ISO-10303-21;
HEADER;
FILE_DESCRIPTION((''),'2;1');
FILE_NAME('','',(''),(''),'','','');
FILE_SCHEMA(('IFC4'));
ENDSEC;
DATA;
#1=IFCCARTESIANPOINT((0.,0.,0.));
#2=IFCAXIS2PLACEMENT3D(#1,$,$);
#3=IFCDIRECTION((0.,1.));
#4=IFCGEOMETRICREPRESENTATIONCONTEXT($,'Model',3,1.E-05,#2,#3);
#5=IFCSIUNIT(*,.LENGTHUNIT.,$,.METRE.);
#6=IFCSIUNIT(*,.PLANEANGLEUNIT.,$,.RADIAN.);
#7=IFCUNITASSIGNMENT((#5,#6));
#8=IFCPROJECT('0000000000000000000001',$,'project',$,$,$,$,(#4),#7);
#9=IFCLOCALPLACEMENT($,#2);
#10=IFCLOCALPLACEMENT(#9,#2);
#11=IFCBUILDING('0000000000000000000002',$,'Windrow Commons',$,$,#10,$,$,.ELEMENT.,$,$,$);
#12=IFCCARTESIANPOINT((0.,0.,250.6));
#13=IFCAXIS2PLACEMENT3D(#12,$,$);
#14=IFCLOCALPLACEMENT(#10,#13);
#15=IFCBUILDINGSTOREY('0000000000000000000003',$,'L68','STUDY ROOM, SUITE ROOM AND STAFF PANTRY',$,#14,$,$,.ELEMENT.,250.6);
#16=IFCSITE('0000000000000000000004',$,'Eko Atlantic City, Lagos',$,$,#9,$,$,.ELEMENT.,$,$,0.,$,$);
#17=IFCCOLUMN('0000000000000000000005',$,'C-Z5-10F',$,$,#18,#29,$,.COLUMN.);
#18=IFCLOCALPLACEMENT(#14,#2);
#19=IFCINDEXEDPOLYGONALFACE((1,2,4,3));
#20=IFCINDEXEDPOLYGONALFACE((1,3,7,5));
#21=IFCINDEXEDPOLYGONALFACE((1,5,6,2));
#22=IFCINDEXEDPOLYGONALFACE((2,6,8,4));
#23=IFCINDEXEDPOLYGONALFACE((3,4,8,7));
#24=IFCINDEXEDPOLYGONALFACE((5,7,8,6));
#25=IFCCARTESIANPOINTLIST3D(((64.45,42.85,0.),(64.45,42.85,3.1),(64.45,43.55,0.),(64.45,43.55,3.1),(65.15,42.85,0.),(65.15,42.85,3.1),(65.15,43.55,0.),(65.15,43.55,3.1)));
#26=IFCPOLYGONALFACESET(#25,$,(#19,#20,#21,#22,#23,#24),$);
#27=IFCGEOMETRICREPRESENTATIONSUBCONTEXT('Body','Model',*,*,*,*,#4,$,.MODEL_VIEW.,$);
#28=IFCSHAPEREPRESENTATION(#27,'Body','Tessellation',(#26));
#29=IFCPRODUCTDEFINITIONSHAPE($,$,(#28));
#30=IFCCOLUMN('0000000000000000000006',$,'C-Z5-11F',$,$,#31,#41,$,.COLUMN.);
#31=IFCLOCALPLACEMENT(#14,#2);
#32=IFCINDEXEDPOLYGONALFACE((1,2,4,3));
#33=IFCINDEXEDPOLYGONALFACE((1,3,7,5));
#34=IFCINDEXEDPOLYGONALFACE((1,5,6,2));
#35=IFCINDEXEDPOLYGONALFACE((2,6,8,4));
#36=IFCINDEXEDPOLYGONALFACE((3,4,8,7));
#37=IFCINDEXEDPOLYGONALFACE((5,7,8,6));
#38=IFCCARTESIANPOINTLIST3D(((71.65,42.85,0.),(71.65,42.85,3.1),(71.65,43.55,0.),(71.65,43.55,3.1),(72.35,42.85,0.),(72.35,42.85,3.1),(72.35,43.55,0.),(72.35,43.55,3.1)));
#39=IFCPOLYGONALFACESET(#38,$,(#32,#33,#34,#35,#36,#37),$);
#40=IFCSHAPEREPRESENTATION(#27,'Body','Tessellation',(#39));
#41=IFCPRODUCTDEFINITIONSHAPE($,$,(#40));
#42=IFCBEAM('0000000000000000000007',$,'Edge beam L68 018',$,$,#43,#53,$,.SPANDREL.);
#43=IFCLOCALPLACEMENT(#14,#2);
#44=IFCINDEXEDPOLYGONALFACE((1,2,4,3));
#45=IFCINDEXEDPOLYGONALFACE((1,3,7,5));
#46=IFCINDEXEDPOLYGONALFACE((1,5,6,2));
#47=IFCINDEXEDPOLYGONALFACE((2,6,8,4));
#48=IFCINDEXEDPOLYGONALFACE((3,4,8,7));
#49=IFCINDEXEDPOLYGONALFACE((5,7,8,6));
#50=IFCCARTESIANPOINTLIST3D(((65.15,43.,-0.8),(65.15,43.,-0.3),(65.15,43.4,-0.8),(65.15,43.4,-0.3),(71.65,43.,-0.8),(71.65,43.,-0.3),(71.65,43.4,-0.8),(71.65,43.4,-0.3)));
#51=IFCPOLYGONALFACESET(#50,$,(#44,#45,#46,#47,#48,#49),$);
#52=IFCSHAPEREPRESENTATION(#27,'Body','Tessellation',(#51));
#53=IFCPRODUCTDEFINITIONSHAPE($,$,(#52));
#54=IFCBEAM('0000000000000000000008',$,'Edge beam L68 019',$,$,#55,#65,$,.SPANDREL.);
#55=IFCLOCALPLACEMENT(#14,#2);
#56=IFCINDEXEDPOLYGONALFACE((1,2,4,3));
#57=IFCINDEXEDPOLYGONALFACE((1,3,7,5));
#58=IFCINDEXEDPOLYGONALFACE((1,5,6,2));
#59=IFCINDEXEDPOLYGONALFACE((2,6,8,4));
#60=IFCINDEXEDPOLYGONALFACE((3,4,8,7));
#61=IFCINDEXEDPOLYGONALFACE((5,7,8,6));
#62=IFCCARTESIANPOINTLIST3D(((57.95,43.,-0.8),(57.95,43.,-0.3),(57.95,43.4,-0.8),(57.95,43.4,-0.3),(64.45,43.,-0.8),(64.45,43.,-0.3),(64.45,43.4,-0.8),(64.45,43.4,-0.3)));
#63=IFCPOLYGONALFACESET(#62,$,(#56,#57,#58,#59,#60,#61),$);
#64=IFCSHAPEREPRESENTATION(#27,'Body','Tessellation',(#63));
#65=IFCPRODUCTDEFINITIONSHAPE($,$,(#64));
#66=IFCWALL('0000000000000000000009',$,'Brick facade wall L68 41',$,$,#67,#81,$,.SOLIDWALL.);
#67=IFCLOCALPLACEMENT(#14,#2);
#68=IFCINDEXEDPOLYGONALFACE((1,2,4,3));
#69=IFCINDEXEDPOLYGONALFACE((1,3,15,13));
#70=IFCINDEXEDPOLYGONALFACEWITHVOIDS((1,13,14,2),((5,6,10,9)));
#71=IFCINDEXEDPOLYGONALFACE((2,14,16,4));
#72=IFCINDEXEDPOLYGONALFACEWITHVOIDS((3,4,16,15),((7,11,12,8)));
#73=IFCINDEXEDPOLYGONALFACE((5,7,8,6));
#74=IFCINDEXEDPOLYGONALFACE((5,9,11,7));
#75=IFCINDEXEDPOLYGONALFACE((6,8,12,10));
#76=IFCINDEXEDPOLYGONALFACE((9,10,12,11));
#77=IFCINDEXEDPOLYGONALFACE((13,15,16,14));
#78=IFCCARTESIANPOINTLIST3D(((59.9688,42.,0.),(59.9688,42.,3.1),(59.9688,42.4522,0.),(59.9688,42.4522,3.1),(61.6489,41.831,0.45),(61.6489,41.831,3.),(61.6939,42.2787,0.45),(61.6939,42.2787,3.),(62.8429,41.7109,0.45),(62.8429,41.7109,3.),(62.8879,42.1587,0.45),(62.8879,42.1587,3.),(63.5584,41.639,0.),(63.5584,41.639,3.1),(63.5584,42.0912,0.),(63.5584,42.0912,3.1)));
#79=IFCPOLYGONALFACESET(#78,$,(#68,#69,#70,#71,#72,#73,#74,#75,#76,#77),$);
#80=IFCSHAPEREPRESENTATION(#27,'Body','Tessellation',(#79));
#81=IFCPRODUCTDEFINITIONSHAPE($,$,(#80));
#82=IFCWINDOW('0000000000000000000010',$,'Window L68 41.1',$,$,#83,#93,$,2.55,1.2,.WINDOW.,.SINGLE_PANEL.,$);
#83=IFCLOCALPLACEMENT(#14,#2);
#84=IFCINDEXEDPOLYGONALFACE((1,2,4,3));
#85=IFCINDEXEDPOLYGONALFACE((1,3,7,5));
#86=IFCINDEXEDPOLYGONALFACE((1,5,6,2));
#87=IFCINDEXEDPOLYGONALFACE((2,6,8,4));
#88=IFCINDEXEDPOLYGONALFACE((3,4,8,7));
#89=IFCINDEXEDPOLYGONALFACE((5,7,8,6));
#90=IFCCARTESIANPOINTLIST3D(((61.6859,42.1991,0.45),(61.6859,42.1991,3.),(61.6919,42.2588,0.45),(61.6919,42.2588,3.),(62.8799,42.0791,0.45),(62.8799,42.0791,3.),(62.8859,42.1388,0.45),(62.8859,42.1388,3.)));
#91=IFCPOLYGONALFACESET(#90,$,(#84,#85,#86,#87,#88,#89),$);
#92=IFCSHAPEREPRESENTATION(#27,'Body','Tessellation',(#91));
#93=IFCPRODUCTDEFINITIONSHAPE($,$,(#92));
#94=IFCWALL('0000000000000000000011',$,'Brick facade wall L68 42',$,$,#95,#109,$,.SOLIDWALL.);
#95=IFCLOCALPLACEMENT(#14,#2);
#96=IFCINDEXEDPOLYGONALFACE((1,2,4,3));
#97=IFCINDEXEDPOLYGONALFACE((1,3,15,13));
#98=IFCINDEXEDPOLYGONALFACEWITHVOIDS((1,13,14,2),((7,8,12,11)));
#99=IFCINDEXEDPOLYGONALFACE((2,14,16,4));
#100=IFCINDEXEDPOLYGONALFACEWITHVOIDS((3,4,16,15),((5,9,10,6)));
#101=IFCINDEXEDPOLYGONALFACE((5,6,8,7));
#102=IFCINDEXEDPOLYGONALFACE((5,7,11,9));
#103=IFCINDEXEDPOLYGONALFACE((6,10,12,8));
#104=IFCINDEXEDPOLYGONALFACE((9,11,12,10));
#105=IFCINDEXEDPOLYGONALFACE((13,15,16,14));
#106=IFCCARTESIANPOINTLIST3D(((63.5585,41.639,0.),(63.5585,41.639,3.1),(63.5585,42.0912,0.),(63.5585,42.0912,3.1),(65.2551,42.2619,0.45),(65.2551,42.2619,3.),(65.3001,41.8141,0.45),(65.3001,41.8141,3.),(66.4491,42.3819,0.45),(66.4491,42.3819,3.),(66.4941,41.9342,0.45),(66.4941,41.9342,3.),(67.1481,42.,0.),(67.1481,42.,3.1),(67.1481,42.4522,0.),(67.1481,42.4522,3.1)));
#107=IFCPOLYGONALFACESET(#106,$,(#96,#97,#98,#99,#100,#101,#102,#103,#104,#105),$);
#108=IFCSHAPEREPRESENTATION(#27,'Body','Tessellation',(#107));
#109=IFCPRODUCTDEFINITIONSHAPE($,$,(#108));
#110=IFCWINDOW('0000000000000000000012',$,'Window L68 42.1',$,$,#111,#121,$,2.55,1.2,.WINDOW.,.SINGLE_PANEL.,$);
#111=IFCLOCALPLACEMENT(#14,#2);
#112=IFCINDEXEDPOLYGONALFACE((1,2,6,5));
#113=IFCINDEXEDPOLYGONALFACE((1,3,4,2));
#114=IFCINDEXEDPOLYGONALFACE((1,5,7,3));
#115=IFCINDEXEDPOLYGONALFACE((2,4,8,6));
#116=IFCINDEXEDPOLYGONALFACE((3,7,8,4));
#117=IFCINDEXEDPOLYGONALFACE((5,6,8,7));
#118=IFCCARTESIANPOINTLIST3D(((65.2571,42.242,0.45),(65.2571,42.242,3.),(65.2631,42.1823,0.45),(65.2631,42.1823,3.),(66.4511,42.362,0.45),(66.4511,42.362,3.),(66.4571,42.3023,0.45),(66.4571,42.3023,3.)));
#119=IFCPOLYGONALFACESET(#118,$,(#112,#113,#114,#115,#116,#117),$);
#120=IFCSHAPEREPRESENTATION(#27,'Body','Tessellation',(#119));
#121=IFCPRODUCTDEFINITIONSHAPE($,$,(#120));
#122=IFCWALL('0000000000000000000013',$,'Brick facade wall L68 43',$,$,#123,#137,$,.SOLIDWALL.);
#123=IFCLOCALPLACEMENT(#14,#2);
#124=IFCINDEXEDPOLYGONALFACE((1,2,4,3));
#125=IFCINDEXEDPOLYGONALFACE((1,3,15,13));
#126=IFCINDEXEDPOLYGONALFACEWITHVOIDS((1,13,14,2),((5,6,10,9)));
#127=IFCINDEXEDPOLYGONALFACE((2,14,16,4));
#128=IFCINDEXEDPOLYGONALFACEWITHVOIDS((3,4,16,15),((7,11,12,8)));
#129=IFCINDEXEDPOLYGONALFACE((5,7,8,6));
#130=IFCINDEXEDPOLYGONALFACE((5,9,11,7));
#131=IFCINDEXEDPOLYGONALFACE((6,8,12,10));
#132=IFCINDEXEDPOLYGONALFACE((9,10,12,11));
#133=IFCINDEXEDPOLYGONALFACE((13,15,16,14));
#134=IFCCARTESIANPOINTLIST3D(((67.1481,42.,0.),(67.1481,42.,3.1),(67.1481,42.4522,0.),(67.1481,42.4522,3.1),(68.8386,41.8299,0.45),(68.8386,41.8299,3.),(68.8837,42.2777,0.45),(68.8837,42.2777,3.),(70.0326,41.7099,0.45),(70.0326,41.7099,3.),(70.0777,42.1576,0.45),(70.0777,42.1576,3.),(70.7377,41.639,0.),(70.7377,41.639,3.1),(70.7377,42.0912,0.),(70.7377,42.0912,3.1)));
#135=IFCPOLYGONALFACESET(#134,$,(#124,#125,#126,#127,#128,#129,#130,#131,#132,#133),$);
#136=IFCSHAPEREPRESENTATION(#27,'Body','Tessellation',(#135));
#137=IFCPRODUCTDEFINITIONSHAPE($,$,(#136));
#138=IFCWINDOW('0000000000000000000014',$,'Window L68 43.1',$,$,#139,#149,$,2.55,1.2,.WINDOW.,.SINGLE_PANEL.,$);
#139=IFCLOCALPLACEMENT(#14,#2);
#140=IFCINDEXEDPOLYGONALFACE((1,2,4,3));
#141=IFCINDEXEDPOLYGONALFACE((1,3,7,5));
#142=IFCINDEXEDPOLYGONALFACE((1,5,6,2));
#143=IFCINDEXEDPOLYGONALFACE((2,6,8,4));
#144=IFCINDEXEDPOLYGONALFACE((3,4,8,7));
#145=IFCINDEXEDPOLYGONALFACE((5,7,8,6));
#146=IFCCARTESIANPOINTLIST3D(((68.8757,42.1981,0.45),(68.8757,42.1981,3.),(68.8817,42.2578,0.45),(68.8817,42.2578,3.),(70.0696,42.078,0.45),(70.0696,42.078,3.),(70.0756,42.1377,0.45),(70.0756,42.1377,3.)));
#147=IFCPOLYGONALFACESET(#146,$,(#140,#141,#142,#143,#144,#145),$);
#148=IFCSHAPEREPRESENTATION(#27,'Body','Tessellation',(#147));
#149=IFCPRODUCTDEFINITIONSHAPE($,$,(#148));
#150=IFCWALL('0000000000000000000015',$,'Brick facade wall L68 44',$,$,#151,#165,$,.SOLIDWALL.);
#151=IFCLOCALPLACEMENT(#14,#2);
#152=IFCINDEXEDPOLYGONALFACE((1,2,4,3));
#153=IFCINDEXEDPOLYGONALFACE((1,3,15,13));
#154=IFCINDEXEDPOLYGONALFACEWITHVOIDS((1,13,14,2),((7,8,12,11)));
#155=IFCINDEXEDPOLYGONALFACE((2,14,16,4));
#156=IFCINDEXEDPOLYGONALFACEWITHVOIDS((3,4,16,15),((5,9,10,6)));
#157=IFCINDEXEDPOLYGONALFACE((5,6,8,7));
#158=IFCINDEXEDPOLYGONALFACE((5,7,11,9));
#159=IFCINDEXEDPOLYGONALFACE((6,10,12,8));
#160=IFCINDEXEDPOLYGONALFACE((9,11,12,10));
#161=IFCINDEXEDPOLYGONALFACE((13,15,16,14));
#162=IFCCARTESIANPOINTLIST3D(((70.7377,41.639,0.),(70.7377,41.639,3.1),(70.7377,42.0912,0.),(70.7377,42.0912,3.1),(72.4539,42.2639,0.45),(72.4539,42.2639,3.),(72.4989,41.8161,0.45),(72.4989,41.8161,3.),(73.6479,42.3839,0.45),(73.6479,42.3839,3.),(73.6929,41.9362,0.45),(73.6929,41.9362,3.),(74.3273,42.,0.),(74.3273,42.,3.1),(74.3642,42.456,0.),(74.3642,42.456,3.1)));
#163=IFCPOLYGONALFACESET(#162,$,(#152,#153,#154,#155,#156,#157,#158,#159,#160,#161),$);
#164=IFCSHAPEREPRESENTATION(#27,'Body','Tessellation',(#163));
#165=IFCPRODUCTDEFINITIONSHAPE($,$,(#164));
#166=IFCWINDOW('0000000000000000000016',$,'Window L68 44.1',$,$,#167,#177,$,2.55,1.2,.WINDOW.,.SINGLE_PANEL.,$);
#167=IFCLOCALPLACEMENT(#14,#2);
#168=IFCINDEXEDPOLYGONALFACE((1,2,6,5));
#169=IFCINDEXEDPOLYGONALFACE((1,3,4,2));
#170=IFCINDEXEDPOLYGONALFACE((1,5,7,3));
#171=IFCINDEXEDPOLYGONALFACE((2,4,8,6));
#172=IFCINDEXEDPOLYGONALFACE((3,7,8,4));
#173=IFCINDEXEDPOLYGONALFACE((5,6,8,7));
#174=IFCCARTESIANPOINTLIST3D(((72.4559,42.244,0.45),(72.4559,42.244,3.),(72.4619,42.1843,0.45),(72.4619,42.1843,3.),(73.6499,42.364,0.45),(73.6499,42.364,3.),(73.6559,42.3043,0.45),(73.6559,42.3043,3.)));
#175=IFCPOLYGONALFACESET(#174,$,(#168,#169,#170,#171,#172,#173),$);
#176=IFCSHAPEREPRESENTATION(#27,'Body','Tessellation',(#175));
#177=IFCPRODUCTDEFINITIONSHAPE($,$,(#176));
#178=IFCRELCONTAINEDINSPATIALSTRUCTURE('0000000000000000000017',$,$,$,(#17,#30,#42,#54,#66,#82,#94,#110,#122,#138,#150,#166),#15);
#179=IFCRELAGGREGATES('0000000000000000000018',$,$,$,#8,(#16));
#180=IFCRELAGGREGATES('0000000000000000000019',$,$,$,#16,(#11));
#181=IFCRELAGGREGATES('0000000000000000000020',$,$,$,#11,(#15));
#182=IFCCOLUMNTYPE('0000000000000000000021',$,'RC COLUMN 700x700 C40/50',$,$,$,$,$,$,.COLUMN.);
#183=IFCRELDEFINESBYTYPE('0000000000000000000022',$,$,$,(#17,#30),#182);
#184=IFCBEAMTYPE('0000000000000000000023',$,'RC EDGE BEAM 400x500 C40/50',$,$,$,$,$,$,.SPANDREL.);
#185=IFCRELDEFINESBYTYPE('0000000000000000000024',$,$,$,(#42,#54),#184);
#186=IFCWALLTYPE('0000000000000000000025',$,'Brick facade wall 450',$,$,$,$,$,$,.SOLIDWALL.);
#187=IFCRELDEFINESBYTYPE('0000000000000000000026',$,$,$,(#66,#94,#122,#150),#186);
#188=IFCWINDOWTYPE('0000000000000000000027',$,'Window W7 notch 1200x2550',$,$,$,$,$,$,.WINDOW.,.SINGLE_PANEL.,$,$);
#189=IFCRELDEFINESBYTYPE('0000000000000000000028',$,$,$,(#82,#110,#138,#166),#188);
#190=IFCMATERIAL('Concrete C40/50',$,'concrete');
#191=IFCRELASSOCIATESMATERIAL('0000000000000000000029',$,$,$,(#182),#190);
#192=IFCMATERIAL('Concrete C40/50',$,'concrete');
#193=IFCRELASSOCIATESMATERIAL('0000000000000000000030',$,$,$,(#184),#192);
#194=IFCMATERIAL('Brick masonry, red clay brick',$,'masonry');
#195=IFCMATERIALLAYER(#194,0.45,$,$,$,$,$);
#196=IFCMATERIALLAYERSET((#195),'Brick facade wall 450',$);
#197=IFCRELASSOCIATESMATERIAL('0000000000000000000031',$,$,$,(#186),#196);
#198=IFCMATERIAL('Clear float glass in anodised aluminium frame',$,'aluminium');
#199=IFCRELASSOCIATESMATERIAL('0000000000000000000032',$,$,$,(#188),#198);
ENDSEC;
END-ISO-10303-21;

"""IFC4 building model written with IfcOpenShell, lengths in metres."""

from ifc_helpers import new_model, si_unit, direction, frame, frame_2d, origin, origin_2d, place, context, subcontext, project, spatial, polyline, rectangle, outline, extrude, material, layer, layer_set, material_profile, profile_set, type_object, element, fill, save


model = new_model("IFC4")

# Units and contexts
model_context = context("Model", 3, precision=1e-05, world=origin(), true_north=direction((0.0, 1.0)))
body_context = subcontext(model_context, "Body", "Model", "MODEL_VIEW")
ifc_project = project(units=[si_unit("LENGTHUNIT", "METRE"), si_unit("PLANEANGLEUNIT", "RADIAN")], contexts=[model_context])

# Site, building, storey
site_placement = place(None, origin())
site = spatial("IfcSite", under=ifc_project, at=site_placement, Name="Eko Atlantic City, Lagos", CompositionType="ELEMENT", RefElevation=0.0)
building_placement = place(site_placement, origin())
building = spatial("IfcBuilding", under=site, at=building_placement, Name="Windrow Commons", CompositionType="ELEMENT")
storey_placement = place(building_placement, frame((0.0, 0.0, 250.6)))
storey = spatial("IfcBuildingStorey", under=building, at=storey_placement, Name="L68", Description="STUDY ROOM, SUITE ROOM AND STAFF PANTRY", CompositionType="ELEMENT", Elevation=250.6)

# Columns
ifc_material_1 = material(Name="Concrete C40/50", Category="concrete")
ifc_material_profile_1 = material_profile(ifc_material_1, rectangle(XDim=0.7, YDim=0.7, at=origin_2d()))
ifc_profile_set_1 = profile_set([ifc_material_profile_1], Name="Concrete C40/50")
column_type = type_object("IfcColumnType", Name="RC COLUMN 700x700 C40/50", PredefinedType="COLUMN", material=ifc_profile_set_1)
for number, where, z_axis, x_axis, name in (
    (1, (64.8, 43.2, 0.0), (0.0, 0.0, 1.0), (1.0, 0.0, 0.0), "C-Z5-10F"),
    (2, (72.0, 43.2, 0.0), (0.0, 0.0, 1.0), (1.0, 0.0, 0.0), "C-Z5-11F"),
):
    element("IfcColumn", number, at=place(storey_placement, frame(where, z_axis=z_axis, x_axis=x_axis)), inside=storey, type_object=column_type, Name=name, PredefinedType="COLUMN", context=body_context, shape_type="SweptSolid", body=[
        extrude(rectangle(XDim=0.7, YDim=0.7, at=origin_2d()), origin(), (0.0, 0.0, 1.0), 3.1),
    ])

# Beams
ifc_material_2 = material(Name="Concrete C40/50", Category="concrete")
ifc_material_profile_2 = material_profile(ifc_material_2, rectangle(XDim=0.4, YDim=0.5, at=origin_2d()))
ifc_profile_set_2 = profile_set([ifc_material_profile_2], Name="Concrete C40/50")
beam_type = type_object("IfcBeamType", Name="RC EDGE BEAM 400x500 C40/50", PredefinedType="SPANDREL", material=ifc_profile_set_2)
for number, where, z_axis, x_axis, name in (
    (3, (71.65, 43.2, -0.55), (-1.0, 0.0, 0.0), (0.0, -1.0, 0.0), "Edge beam L68 018"),
    (4, (64.45, 43.2, -0.55), (-1.0, 0.0, 0.0), (0.0, -1.0, 0.0), "Edge beam L68 019"),
):
    element("IfcBeam", number, at=place(storey_placement, frame(where, z_axis=z_axis, x_axis=x_axis)), inside=storey, type_object=beam_type, Name=name, PredefinedType="SPANDREL", context=body_context, shape_type="SweptSolid", body=[
        extrude(rectangle(XDim=0.4, YDim=0.5, at=origin_2d()), origin(), (0.0, 0.0, 1.0), 6.5),
    ])

# Walls, openings, windows
ifc_material_3 = material(Name="Brick masonry, red clay brick", Category="masonry")
ifc_layer_1 = layer(ifc_material_3, 0.45)
ifc_layer_set_1 = layer_set([ifc_layer_1], Name="Brick facade wall 450")
wall_type_1 = type_object("IfcWallType", Name="Brick facade wall 450", PredefinedType="SOLIDWALL", material=ifc_layer_set_1)
wall_1_placement = place(storey_placement, frame((59.9688, 42.2261, 0.0), z_axis=(0.0, 0.0, 1.0), x_axis=(0.994981, -0.100061, 0.0)))
wall_1 = element("IfcWall", 5, at=wall_1_placement, inside=storey, type_object=wall_type_1, Name="Brick facade wall L68 41", PredefinedType="SOLIDWALL", context=body_context, shape_type="SweptSolid", body=[
    extrude(outline(polyline([(0.0226, -0.225), (3.6303, -0.225), (3.5851, 0.225), (-0.0226, 0.225), (0.0226, -0.225)])), origin(), (0.0, 0.0, 1.0), 3.1),
])
opening_1_placement = place(wall_1_placement, frame((1.7112, 0.0, 0.45)))
opening_1 = element("IfcOpeningElement", 6, at=opening_1_placement, cuts=wall_1, PredefinedType="OPENING", context=body_context, shape_type="SweptSolid", body=[
    extrude(rectangle(XDim=1.2, YDim=2.55, at=frame_2d((0.6, 1.275))), frame((0.0, 0.235, 0.0), z_axis=(0.0, -1.0, 0.0), x_axis=(1.0, 0.0, 0.0)), (0.0, 0.0, 1.0), 0.47),
])
ifc_material_4 = material(Name="Clear float glass in anodised aluminium frame", Category="aluminium")
window_type = type_object("IfcWindowType", Name="Window W7 notch 1200x2550", PartitioningType="SINGLE_PANEL", PredefinedType="WINDOW", material=ifc_material_4)
window_1_placement = place(opening_1_placement, origin())
window_1 = element("IfcWindow", 7, at=window_1_placement, inside=storey, type_object=window_type, Name="Window L68 41.1", OverallHeight=2.55, OverallWidth=1.2, PartitioningType="SINGLE_PANEL", PredefinedType="WINDOW", context=body_context, shape_type="SweptSolid", body=[
    extrude(rectangle(XDim=1.2, YDim=2.55, at=frame_2d((0.6, 1.275))), frame((0.0, 0.205, 0.0), z_axis=(0.0, -1.0, 0.0), x_axis=(1.0, 0.0, 0.0)), (0.0, 0.0, 1.0), 0.06),
])
fill(opening_1, window_1)
wall_2_placement = place(storey_placement, frame((63.5585, 41.8651, 0.0), z_axis=(0.0, 0.0, 1.0), x_axis=(0.994981, 0.100064, 0.0)))
wall_2 = element("IfcWall", 8, at=wall_2_placement, inside=storey, type_object=wall_type_1, Name="Brick facade wall L68 42", PredefinedType="SOLIDWALL", context=body_context, shape_type="SweptSolid", body=[
    extrude(outline(polyline([(-0.0226, -0.225), (3.5851, -0.225), (3.6303, 0.225), (0.0226, 0.225), (-0.0226, -0.225)])), origin(), (0.0, 0.0, 1.0), 3.1),
])
opening_2_placement = place(wall_2_placement, frame((1.7278, 0.0, 0.45)))
opening_2 = element("IfcOpeningElement", 9, at=opening_2_placement, cuts=wall_2, PredefinedType="OPENING", context=body_context, shape_type="SweptSolid", body=[
    extrude(rectangle(XDim=1.2, YDim=2.55, at=frame_2d((0.6, 1.275))), frame((0.0, 0.235, 0.0), z_axis=(0.0, -1.0, 0.0), x_axis=(1.0, 0.0, 0.0)), (0.0, 0.0, 1.0), 0.47),
])
window_2_placement = place(opening_2_placement, origin())
window_2 = element("IfcWindow", 10, at=window_2_placement, inside=storey, type_object=window_type, Name="Window L68 42.1", OverallHeight=2.55, OverallWidth=1.2, PartitioningType="SINGLE_PANEL", PredefinedType="WINDOW", context=body_context, shape_type="SweptSolid", body=[
    extrude(rectangle(XDim=1.2, YDim=2.55, at=frame_2d((0.6, 1.275))), frame((0.0, 0.205, 0.0), z_axis=(0.0, -1.0, 0.0), x_axis=(1.0, 0.0, 0.0)), (0.0, 0.0, 1.0), 0.06),
])
fill(opening_2, window_2)
wall_3_placement = place(storey_placement, frame((67.1481, 42.2261, 0.0), z_axis=(0.0, 0.0, 1.0), x_axis=(0.994981, -0.100064, 0.0)))
wall_3 = element("IfcWall", 11, at=wall_3_placement, inside=storey, type_object=wall_type_1, Name="Brick facade wall L68 43", PredefinedType="SOLIDWALL", context=body_context, shape_type="SweptSolid", body=[
    extrude(outline(polyline([(0.0226, -0.225), (3.6303, -0.225), (3.5851, 0.225), (-0.0226, 0.225), (0.0226, -0.225)])), origin(), (0.0, 0.0, 1.0), 3.1),
])
opening_3_placement = place(wall_3_placement, frame((1.7217, 0.0, 0.45)))
opening_3 = element("IfcOpeningElement", 12, at=opening_3_placement, cuts=wall_3, PredefinedType="OPENING", context=body_context, shape_type="SweptSolid", body=[
    extrude(rectangle(XDim=1.2, YDim=2.55, at=frame_2d((0.6, 1.275))), frame((0.0, 0.235, 0.0), z_axis=(0.0, -1.0, 0.0), x_axis=(1.0, 0.0, 0.0)), (0.0, 0.0, 1.0), 0.47),
])
window_3_placement = place(opening_3_placement, origin())
window_3 = element("IfcWindow", 13, at=window_3_placement, inside=storey, type_object=window_type, Name="Window L68 43.1", OverallHeight=2.55, OverallWidth=1.2, PartitioningType="SINGLE_PANEL", PredefinedType="WINDOW", context=body_context, shape_type="SweptSolid", body=[
    extrude(rectangle(XDim=1.2, YDim=2.55, at=frame_2d((0.6, 1.275))), frame((0.0, 0.205, 0.0), z_axis=(0.0, -1.0, 0.0), x_axis=(1.0, 0.0, 0.0)), (0.0, 0.0, 1.0), 0.06),
])
fill(opening_3, window_3)
wall_4_placement = place(storey_placement, frame((70.7377, 41.8651, 0.0), z_axis=(0.0, 0.0, 1.0), x_axis=(0.99498, 0.100077, 0.0)))
wall_4 = element("IfcWall", 14, at=wall_4_placement, inside=storey, type_object=wall_type_1, Name="Brick facade wall L68 44", PredefinedType="SOLIDWALL", context=body_context, shape_type="SweptSolid", body=[
    extrude(outline(polyline([(-0.0226, -0.225), (3.5851, -0.225), (3.6674, 0.225), (0.0226, 0.225), (-0.0226, -0.225)])), origin(), (0.0, 0.0, 1.0), 3.1),
])
opening_4_placement = place(wall_4_placement, frame((1.7475, 0.0, 0.45)))
opening_4 = element("IfcOpeningElement", 15, at=opening_4_placement, cuts=wall_4, PredefinedType="OPENING", context=body_context, shape_type="SweptSolid", body=[
    extrude(rectangle(XDim=1.2, YDim=2.55, at=frame_2d((0.6, 1.275))), frame((0.0, 0.235, 0.0), z_axis=(0.0, -1.0, 0.0), x_axis=(1.0, 0.0, 0.0)), (0.0, 0.0, 1.0), 0.47),
])
window_4_placement = place(opening_4_placement, origin())
window_4 = element("IfcWindow", 16, at=window_4_placement, inside=storey, type_object=window_type, Name="Window L68 44.1", OverallHeight=2.55, OverallWidth=1.2, PartitioningType="SINGLE_PANEL", PredefinedType="WINDOW", context=body_context, shape_type="SweptSolid", body=[
    extrude(rectangle(XDim=1.2, YDim=2.55, at=frame_2d((0.6, 1.275))), frame((0.0, 0.205, 0.0), z_axis=(0.0, -1.0, 0.0), x_axis=(1.0, 0.0, 0.0)), (0.0, 0.0, 1.0), 0.06),
])
fill(opening_4, window_4)

save(model, "model.ifc")
